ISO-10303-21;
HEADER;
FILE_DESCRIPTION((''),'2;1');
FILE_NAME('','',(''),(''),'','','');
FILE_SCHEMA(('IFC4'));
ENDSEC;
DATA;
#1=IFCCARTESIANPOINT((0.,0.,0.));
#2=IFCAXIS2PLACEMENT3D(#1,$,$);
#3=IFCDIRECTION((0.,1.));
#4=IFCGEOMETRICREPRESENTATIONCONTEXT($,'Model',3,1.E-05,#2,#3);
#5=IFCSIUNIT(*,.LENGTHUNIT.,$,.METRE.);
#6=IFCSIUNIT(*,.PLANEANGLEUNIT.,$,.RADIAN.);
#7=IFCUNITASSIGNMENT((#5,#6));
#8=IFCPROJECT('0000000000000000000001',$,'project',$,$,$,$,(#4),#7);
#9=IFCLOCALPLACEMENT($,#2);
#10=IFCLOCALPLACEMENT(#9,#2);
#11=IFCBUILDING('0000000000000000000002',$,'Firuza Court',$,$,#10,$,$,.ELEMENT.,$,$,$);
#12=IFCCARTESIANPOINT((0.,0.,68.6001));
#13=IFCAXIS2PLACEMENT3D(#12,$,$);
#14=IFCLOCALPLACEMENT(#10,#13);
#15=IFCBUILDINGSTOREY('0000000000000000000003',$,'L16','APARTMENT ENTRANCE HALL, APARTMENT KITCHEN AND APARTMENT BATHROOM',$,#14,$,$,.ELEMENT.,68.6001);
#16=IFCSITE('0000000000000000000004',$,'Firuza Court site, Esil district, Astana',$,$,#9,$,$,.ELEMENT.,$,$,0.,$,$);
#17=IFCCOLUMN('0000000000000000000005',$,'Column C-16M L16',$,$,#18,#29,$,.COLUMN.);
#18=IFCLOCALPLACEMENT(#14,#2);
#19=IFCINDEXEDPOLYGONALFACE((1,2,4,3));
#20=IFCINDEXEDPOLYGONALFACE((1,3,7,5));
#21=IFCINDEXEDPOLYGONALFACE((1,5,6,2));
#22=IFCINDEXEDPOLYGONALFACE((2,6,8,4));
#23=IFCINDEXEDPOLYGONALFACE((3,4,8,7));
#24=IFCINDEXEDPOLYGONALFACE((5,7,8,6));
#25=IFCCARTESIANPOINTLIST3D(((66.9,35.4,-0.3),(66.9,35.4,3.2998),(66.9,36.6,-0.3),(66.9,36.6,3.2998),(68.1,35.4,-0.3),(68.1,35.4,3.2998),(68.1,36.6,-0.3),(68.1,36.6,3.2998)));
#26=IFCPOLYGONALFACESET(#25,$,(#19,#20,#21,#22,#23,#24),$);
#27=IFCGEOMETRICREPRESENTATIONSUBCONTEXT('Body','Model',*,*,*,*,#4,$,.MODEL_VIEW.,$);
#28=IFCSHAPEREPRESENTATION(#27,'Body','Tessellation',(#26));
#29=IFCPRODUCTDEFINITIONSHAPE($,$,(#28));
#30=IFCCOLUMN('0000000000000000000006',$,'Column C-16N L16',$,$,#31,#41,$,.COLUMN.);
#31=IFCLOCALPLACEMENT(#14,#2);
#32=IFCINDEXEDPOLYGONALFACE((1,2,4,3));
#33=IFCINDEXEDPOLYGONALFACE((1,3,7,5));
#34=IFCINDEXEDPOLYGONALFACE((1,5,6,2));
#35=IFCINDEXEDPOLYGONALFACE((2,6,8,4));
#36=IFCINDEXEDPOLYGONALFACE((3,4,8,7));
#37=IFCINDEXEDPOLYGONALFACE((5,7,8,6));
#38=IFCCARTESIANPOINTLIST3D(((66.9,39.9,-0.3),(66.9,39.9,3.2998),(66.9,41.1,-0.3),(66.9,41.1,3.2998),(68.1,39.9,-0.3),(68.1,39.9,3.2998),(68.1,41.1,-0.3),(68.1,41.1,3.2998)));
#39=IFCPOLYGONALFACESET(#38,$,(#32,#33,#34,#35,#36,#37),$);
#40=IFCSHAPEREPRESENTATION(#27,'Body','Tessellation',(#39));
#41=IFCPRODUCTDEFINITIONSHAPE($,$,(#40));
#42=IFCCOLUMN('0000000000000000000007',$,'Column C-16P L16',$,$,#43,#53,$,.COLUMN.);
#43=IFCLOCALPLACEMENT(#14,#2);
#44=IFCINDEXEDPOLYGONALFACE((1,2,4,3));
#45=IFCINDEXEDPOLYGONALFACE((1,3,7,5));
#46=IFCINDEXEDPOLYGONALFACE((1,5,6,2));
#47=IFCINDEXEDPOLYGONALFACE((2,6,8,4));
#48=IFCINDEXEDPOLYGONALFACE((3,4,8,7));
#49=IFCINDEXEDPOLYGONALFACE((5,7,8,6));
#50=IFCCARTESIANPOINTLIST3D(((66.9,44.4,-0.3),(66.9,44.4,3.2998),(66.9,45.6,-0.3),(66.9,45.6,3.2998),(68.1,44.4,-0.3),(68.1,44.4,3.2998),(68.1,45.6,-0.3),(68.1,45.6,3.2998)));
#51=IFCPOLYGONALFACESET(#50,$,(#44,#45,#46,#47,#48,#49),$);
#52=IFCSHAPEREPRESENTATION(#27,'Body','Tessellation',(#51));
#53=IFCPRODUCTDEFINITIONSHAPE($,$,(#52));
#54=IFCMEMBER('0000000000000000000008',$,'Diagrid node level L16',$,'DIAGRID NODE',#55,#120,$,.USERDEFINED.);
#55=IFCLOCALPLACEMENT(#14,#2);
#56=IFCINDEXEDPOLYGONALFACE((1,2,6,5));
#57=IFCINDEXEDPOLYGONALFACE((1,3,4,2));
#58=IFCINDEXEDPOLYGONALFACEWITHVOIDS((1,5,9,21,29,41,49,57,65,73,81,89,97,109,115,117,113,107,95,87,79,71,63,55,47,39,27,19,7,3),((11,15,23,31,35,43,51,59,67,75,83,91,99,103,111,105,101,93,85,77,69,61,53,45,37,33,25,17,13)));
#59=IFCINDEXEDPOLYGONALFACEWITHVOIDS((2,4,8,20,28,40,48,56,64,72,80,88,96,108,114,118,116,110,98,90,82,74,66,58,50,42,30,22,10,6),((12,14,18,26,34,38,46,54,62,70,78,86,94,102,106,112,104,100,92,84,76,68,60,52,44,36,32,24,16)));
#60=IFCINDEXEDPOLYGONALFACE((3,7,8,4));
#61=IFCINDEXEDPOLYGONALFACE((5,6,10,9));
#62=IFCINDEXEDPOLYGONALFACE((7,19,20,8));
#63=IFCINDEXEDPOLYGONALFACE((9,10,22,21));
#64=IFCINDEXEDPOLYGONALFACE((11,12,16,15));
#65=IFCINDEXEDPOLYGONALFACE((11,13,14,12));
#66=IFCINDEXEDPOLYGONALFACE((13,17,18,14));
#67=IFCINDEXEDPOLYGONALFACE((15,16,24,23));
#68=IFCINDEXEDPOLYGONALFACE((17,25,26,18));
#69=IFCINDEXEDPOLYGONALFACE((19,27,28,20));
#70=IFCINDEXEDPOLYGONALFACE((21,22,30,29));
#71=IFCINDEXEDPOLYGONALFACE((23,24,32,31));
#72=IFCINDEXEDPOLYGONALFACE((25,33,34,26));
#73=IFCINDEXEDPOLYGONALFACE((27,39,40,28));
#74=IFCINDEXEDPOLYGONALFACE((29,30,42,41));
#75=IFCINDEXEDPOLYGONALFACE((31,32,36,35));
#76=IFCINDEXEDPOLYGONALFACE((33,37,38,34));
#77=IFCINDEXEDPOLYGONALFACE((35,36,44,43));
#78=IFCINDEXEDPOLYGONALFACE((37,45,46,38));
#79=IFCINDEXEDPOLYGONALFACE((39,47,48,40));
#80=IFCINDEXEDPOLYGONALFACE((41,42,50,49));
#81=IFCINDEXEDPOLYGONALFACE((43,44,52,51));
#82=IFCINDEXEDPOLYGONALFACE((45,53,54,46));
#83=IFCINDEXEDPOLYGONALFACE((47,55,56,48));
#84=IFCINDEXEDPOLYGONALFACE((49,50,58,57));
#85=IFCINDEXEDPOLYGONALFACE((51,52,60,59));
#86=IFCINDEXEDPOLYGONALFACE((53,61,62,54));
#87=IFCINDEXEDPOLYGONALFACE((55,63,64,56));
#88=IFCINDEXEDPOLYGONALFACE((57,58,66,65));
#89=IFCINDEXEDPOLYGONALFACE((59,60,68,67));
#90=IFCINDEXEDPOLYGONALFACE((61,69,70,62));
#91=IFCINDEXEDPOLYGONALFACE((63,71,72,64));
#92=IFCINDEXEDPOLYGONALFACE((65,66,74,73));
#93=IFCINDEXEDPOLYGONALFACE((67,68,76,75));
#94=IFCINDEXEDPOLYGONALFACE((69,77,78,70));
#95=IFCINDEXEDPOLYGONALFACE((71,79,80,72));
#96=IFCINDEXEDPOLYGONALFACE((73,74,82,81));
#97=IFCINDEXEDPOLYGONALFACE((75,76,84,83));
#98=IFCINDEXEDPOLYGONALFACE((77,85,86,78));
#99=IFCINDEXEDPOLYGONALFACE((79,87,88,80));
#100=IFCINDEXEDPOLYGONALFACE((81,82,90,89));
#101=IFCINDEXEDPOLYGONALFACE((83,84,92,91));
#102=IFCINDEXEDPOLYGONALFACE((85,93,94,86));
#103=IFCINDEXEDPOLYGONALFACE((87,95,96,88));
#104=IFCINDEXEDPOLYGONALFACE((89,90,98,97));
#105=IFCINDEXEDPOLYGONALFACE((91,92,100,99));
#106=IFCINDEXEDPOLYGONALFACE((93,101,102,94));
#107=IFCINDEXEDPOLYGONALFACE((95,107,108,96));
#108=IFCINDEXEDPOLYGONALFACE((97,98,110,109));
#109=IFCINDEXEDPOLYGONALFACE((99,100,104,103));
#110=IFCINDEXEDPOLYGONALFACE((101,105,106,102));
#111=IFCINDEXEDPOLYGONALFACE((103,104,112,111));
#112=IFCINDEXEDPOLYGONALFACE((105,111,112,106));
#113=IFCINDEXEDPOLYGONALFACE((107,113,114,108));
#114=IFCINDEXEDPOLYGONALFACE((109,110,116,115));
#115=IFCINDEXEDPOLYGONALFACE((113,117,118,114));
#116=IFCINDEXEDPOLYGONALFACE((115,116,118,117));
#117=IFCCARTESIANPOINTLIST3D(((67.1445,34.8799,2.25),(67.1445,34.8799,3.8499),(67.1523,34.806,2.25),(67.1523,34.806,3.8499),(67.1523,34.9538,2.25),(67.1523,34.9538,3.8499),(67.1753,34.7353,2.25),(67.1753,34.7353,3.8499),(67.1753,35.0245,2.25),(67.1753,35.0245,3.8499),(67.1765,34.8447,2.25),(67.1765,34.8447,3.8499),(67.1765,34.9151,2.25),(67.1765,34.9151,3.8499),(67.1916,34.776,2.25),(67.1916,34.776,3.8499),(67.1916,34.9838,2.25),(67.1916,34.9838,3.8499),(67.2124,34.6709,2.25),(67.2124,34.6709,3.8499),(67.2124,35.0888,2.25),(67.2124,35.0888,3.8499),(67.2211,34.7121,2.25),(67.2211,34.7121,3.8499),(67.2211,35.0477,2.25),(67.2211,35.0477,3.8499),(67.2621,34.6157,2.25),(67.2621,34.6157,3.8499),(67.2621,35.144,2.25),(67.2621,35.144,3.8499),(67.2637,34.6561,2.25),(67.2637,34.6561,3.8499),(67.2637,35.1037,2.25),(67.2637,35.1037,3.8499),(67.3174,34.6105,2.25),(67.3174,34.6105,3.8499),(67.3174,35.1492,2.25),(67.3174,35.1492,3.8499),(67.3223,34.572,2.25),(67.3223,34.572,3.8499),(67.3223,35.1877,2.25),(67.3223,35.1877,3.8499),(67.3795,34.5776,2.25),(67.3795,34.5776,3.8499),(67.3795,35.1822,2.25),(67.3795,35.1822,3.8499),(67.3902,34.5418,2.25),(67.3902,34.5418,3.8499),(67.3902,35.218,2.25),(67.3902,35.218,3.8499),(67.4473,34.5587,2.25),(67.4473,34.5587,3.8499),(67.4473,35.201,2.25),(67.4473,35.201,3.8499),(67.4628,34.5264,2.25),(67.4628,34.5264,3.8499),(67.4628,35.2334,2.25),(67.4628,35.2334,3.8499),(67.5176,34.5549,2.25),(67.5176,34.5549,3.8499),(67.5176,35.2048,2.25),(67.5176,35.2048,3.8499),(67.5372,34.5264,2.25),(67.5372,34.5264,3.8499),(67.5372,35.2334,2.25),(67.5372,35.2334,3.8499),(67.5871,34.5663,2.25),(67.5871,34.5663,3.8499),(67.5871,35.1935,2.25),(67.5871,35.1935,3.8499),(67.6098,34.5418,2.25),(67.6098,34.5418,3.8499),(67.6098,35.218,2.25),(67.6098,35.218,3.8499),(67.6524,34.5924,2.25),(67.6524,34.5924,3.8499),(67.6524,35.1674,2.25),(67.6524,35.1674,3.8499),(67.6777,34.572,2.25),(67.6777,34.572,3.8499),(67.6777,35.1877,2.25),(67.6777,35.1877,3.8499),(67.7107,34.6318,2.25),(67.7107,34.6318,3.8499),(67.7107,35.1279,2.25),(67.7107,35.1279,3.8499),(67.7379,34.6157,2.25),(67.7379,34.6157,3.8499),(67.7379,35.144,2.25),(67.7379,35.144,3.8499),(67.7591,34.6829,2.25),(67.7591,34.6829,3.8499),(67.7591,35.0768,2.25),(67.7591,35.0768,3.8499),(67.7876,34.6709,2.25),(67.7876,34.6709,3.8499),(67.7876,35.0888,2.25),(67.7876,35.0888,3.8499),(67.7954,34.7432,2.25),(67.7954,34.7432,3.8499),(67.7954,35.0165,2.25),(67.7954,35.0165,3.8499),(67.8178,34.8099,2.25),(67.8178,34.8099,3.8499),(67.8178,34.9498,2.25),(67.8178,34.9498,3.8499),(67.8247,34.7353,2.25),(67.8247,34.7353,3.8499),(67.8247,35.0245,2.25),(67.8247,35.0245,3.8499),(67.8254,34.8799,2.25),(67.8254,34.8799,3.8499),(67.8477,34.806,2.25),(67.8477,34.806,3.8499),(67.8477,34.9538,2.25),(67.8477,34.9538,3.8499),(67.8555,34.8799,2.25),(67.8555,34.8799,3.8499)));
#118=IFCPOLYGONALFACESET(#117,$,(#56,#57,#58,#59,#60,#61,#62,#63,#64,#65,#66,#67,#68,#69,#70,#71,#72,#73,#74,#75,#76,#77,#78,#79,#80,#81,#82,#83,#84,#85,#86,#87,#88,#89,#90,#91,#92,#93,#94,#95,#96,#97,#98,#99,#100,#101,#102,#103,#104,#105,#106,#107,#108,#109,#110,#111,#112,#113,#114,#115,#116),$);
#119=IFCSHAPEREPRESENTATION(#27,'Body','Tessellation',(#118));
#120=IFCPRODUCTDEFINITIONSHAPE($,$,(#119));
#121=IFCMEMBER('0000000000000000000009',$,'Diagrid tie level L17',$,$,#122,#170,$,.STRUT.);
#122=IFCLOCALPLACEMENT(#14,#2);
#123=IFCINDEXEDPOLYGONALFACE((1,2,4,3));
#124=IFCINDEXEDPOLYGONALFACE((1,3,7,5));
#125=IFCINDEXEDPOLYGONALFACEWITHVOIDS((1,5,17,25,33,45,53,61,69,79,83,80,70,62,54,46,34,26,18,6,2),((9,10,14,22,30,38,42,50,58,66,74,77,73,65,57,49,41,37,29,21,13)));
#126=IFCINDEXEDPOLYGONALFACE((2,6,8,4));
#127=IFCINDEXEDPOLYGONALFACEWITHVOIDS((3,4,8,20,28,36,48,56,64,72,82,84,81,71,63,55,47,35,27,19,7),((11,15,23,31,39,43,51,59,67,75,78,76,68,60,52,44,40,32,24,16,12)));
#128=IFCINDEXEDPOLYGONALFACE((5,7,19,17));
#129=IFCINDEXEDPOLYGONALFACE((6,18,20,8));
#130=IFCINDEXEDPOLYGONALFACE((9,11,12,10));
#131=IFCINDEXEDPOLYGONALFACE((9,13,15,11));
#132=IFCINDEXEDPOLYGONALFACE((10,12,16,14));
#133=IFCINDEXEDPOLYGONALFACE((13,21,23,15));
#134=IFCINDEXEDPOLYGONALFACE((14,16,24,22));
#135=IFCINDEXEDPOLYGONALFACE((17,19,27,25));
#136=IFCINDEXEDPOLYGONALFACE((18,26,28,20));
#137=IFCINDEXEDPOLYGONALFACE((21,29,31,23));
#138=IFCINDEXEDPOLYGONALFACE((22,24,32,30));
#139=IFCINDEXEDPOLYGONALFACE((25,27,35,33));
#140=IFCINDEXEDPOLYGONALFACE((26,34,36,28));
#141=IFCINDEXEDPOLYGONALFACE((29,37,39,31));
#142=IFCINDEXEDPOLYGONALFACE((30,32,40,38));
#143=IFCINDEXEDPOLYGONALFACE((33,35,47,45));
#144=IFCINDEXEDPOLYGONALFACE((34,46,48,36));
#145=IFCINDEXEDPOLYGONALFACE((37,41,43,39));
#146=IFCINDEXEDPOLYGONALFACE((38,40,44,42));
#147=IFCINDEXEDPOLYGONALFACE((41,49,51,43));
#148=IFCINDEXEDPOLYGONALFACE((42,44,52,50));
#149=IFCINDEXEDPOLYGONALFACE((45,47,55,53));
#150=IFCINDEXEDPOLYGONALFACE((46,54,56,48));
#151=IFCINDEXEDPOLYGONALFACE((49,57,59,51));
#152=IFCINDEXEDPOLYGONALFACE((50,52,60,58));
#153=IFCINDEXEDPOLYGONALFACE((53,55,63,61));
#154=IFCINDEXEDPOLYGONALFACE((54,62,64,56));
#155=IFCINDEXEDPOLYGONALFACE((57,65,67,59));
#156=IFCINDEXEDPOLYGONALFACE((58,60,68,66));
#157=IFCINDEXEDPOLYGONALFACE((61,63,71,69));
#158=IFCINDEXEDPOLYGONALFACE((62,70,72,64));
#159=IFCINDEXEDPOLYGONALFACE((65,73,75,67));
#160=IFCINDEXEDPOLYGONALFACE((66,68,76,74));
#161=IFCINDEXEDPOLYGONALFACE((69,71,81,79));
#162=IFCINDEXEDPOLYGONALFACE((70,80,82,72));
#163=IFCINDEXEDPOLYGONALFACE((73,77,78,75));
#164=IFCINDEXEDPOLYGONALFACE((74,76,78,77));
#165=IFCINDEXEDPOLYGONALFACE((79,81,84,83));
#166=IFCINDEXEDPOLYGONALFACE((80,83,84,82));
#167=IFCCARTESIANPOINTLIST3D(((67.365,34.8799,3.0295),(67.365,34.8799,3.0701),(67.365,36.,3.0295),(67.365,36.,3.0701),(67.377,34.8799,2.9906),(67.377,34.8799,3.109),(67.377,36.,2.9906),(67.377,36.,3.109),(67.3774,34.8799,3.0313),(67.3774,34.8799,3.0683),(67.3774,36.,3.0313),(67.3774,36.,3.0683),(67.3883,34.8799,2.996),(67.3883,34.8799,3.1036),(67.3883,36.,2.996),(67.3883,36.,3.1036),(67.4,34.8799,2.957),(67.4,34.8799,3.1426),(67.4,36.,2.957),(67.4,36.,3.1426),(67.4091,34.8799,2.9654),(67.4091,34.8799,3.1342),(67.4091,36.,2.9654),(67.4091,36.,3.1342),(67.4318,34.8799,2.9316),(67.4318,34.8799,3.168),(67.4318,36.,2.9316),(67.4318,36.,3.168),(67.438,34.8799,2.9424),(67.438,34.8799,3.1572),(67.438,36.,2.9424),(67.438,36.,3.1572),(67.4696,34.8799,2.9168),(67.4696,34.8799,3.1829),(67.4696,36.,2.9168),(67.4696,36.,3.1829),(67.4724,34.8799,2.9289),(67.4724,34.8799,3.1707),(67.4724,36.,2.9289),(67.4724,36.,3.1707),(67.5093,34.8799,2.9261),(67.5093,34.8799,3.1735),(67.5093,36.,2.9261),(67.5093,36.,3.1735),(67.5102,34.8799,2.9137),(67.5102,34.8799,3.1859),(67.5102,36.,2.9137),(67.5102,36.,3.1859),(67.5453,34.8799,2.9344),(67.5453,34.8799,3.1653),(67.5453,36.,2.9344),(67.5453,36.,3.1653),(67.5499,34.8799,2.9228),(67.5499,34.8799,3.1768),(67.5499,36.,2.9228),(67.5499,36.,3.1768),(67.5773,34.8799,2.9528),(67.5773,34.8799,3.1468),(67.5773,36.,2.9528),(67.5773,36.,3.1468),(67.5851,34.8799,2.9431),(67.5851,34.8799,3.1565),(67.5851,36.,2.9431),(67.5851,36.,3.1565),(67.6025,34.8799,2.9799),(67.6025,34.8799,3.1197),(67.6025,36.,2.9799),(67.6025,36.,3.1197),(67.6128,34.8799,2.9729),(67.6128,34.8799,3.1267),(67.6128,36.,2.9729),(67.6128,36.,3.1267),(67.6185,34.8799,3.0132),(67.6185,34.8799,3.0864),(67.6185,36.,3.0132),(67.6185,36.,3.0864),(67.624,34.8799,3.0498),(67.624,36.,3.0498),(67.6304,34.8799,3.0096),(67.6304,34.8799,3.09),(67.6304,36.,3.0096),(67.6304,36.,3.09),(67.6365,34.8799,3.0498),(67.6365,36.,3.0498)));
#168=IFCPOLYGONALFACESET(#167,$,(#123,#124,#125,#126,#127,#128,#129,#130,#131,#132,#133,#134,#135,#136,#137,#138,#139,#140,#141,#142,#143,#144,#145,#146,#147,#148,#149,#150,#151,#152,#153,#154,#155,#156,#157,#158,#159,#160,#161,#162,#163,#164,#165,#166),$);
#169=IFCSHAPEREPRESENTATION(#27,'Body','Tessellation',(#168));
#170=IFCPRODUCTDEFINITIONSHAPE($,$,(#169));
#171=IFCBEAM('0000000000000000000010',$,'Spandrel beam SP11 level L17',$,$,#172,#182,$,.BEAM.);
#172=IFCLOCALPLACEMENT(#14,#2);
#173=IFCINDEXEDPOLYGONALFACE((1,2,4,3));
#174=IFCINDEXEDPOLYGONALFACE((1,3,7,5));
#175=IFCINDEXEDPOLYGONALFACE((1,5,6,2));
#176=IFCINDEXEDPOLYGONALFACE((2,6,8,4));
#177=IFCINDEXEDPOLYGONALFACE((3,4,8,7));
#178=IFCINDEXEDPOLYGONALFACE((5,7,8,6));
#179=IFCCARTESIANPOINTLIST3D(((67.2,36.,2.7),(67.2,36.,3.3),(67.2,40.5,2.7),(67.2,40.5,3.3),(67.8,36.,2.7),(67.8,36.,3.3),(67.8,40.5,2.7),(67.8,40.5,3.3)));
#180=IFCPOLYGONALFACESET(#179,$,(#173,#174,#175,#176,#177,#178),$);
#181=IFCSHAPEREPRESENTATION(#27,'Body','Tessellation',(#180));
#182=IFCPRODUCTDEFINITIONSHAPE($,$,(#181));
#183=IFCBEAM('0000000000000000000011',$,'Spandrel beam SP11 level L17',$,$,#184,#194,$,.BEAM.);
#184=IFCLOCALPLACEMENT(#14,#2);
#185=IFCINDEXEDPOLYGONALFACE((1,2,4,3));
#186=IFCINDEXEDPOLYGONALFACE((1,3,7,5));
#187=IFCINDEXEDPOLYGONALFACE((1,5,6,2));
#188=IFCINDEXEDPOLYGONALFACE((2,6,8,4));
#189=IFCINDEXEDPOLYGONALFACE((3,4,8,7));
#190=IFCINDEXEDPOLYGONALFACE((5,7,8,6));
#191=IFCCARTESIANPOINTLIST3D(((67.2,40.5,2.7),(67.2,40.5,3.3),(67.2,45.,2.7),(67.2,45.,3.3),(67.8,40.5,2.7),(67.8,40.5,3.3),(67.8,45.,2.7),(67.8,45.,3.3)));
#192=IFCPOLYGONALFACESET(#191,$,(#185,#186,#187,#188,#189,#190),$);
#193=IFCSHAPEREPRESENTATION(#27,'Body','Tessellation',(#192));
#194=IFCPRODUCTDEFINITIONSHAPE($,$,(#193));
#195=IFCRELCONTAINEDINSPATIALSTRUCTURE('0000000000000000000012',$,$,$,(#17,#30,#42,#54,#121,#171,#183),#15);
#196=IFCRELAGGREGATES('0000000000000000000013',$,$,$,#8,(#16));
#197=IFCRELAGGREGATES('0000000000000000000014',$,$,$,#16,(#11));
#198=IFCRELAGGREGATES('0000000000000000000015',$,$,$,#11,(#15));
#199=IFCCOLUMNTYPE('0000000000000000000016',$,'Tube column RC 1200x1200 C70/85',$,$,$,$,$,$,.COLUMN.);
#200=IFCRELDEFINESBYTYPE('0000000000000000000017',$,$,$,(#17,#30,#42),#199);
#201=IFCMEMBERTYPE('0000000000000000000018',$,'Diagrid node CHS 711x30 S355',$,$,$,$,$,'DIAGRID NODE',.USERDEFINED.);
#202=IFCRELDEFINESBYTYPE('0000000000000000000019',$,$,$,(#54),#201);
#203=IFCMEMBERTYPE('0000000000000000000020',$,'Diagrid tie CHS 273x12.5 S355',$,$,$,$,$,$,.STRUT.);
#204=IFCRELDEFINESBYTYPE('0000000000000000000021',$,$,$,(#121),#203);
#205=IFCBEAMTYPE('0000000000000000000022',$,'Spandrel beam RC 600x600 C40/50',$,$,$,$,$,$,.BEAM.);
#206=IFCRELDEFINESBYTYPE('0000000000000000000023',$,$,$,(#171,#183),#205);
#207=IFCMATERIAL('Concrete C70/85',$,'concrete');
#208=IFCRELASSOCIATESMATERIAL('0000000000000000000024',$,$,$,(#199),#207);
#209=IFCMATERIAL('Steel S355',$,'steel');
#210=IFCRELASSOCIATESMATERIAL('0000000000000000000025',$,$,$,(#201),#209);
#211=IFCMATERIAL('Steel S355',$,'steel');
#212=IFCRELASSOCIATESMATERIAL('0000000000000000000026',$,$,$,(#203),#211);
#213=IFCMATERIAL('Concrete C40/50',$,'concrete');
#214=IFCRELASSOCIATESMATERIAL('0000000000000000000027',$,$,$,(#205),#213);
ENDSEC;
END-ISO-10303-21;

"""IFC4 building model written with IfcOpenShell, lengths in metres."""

from ifc_helpers import new_model, si_unit, direction, frame, origin, origin_2d, place, context, subcontext, project, spatial, rectangle, hollow_circle, extrude, material, material_profile, profile_set, type_object, element, save


model = new_model("IFC4")

# Units and contexts
model_context = context("Model", 3, precision=1e-05, world=origin(), true_north=direction((0.0, 1.0)))
body_context = subcontext(model_context, "Body", "Model", "MODEL_VIEW")
ifc_project = project(units=[si_unit("LENGTHUNIT", "METRE"), si_unit("PLANEANGLEUNIT", "RADIAN")], contexts=[model_context])

# Site, building, storey
site_placement = place(None, origin())
site = spatial("IfcSite", under=ifc_project, at=site_placement, Name="Firuza Court site, Esil district, Astana", CompositionType="ELEMENT", RefElevation=0.0)
building_placement = place(site_placement, origin())
building = spatial("IfcBuilding", under=site, at=building_placement, Name="Firuza Court", CompositionType="ELEMENT")
storey_placement = place(building_placement, frame((0.0, 0.0, 68.6001)))
storey = spatial("IfcBuildingStorey", under=building, at=storey_placement, Name="L16", Description="APARTMENT ENTRANCE HALL, APARTMENT KITCHEN AND APARTMENT BATHROOM", CompositionType="ELEMENT", Elevation=68.6001)

# Columns
ifc_material_1 = material(Name="Concrete C70/85", Category="concrete")
ifc_material_profile_1 = material_profile(ifc_material_1, rectangle(XDim=1.2, YDim=1.2, at=origin_2d()), Name="RC 1200x1200")
ifc_profile_set_1 = profile_set([ifc_material_profile_1], Name="Concrete C70/85")
column_type = type_object("IfcColumnType", Name="Tube column RC 1200x1200 C70/85", PredefinedType="COLUMN", material=ifc_profile_set_1)
for number, where, z_axis, x_axis, name in (
    (1, (67.5, 36.0, -0.3), (0.0, 0.0, 1.0), (1.0, 0.0, 0.0), "Column C-16M L16"),
    (2, (67.5, 40.5, -0.3), (0.0, 0.0, 1.0), (1.0, 0.0, 0.0), "Column C-16N L16"),
    (3, (67.5, 45.0, -0.3), (0.0, 0.0, 1.0), (1.0, 0.0, 0.0), "Column C-16P L16"),
):
    element("IfcColumn", number, at=place(storey_placement, frame(where, z_axis=z_axis, x_axis=x_axis)), inside=storey, type_object=column_type, Name=name, PredefinedType="COLUMN", context=body_context, shape_type="SweptSolid", body=[
        extrude(rectangle(XDim=1.2, YDim=1.2, at=origin_2d()), origin(), (0.0, 0.0, 1.0), 3.5999),
    ])

# Members
ifc_material_2 = material(Name="Steel S355", Category="steel")
ifc_material_profile_2 = material_profile(ifc_material_2, hollow_circle(Radius=0.3555, WallThickness=0.03, at=origin_2d()), Name="CHS 711x30")
ifc_profile_set_2 = profile_set([ifc_material_profile_2], Name="Steel S355")
member_type_1 = type_object("IfcMemberType", Name="Diagrid node CHS 711x30 S355", ElementType="DIAGRID NODE", PredefinedType="USERDEFINED", material=ifc_profile_set_2)
member_1_placement = place(storey_placement, frame((67.5, 34.8799, 2.25), z_axis=(0.0, 0.0, 1.0), x_axis=(1.0, 0.0, 0.0)))
element("IfcMember", 4, at=member_1_placement, inside=storey, type_object=member_type_1, Name="Diagrid node level L16", ObjectType="DIAGRID NODE", PredefinedType="USERDEFINED", context=body_context, shape_type="SweptSolid", body=[
    extrude(hollow_circle(Radius=0.3555, WallThickness=0.03, at=origin_2d()), origin(), (0.0, 0.0, 1.0), 1.5999),
])
ifc_material_3 = material(Name="Steel S355", Category="steel")
ifc_material_profile_3 = material_profile(ifc_material_3, hollow_circle(Radius=0.1365, WallThickness=0.0125, at=origin_2d()), Name="CHS 273x12.5")
ifc_profile_set_3 = profile_set([ifc_material_profile_3], Name="Steel S355")
member_type_2 = type_object("IfcMemberType", Name="Diagrid tie CHS 273x12.5 S355", PredefinedType="STRUT", material=ifc_profile_set_3)
member_2_placement = place(storey_placement, frame((67.5, 36.0, 3.0498), z_axis=(0.0, -1.0, 0.0), x_axis=(1.0, 0.0, 0.0)))
element("IfcMember", 5, at=member_2_placement, inside=storey, type_object=member_type_2, Name="Diagrid tie level L17", PredefinedType="STRUT", context=body_context, shape_type="SweptSolid", body=[
    extrude(hollow_circle(Radius=0.1365, WallThickness=0.0125, at=origin_2d()), origin(), (0.0, 0.0, 1.0), 1.1201),
])

# Beams
ifc_material_4 = material(Name="Concrete C40/50", Category="concrete")
ifc_material_profile_4 = material_profile(ifc_material_4, rectangle(XDim=0.6001, YDim=0.6001, at=origin_2d()), Name="RC 600x600")
ifc_profile_set_4 = profile_set([ifc_material_profile_4], Name="Concrete C40/50")
beam_type = type_object("IfcBeamType", Name="Spandrel beam RC 600x600 C40/50", PredefinedType="BEAM", material=ifc_profile_set_4)
for number, where, z_axis, x_axis, name in (
    (6, (67.5, 36.0, 3.0), (0.0, 1.0, 0.0), (-1.0, 0.0, 0.0), "Spandrel beam SP11 level L17"),
    (7, (67.5, 40.5, 3.0), (0.0, 1.0, 0.0), (-1.0, 0.0, 0.0), "Spandrel beam SP11 level L17"),
):
    element("IfcBeam", number, at=place(storey_placement, frame(where, z_axis=z_axis, x_axis=x_axis)), inside=storey, type_object=beam_type, Name=name, PredefinedType="BEAM", context=body_context, shape_type="SweptSolid", body=[
        extrude(rectangle(XDim=0.6001, YDim=0.6001, at=origin_2d()), origin(), (0.0, 0.0, 1.0), 4.5),
    ])

save(model, "model.ifc")
